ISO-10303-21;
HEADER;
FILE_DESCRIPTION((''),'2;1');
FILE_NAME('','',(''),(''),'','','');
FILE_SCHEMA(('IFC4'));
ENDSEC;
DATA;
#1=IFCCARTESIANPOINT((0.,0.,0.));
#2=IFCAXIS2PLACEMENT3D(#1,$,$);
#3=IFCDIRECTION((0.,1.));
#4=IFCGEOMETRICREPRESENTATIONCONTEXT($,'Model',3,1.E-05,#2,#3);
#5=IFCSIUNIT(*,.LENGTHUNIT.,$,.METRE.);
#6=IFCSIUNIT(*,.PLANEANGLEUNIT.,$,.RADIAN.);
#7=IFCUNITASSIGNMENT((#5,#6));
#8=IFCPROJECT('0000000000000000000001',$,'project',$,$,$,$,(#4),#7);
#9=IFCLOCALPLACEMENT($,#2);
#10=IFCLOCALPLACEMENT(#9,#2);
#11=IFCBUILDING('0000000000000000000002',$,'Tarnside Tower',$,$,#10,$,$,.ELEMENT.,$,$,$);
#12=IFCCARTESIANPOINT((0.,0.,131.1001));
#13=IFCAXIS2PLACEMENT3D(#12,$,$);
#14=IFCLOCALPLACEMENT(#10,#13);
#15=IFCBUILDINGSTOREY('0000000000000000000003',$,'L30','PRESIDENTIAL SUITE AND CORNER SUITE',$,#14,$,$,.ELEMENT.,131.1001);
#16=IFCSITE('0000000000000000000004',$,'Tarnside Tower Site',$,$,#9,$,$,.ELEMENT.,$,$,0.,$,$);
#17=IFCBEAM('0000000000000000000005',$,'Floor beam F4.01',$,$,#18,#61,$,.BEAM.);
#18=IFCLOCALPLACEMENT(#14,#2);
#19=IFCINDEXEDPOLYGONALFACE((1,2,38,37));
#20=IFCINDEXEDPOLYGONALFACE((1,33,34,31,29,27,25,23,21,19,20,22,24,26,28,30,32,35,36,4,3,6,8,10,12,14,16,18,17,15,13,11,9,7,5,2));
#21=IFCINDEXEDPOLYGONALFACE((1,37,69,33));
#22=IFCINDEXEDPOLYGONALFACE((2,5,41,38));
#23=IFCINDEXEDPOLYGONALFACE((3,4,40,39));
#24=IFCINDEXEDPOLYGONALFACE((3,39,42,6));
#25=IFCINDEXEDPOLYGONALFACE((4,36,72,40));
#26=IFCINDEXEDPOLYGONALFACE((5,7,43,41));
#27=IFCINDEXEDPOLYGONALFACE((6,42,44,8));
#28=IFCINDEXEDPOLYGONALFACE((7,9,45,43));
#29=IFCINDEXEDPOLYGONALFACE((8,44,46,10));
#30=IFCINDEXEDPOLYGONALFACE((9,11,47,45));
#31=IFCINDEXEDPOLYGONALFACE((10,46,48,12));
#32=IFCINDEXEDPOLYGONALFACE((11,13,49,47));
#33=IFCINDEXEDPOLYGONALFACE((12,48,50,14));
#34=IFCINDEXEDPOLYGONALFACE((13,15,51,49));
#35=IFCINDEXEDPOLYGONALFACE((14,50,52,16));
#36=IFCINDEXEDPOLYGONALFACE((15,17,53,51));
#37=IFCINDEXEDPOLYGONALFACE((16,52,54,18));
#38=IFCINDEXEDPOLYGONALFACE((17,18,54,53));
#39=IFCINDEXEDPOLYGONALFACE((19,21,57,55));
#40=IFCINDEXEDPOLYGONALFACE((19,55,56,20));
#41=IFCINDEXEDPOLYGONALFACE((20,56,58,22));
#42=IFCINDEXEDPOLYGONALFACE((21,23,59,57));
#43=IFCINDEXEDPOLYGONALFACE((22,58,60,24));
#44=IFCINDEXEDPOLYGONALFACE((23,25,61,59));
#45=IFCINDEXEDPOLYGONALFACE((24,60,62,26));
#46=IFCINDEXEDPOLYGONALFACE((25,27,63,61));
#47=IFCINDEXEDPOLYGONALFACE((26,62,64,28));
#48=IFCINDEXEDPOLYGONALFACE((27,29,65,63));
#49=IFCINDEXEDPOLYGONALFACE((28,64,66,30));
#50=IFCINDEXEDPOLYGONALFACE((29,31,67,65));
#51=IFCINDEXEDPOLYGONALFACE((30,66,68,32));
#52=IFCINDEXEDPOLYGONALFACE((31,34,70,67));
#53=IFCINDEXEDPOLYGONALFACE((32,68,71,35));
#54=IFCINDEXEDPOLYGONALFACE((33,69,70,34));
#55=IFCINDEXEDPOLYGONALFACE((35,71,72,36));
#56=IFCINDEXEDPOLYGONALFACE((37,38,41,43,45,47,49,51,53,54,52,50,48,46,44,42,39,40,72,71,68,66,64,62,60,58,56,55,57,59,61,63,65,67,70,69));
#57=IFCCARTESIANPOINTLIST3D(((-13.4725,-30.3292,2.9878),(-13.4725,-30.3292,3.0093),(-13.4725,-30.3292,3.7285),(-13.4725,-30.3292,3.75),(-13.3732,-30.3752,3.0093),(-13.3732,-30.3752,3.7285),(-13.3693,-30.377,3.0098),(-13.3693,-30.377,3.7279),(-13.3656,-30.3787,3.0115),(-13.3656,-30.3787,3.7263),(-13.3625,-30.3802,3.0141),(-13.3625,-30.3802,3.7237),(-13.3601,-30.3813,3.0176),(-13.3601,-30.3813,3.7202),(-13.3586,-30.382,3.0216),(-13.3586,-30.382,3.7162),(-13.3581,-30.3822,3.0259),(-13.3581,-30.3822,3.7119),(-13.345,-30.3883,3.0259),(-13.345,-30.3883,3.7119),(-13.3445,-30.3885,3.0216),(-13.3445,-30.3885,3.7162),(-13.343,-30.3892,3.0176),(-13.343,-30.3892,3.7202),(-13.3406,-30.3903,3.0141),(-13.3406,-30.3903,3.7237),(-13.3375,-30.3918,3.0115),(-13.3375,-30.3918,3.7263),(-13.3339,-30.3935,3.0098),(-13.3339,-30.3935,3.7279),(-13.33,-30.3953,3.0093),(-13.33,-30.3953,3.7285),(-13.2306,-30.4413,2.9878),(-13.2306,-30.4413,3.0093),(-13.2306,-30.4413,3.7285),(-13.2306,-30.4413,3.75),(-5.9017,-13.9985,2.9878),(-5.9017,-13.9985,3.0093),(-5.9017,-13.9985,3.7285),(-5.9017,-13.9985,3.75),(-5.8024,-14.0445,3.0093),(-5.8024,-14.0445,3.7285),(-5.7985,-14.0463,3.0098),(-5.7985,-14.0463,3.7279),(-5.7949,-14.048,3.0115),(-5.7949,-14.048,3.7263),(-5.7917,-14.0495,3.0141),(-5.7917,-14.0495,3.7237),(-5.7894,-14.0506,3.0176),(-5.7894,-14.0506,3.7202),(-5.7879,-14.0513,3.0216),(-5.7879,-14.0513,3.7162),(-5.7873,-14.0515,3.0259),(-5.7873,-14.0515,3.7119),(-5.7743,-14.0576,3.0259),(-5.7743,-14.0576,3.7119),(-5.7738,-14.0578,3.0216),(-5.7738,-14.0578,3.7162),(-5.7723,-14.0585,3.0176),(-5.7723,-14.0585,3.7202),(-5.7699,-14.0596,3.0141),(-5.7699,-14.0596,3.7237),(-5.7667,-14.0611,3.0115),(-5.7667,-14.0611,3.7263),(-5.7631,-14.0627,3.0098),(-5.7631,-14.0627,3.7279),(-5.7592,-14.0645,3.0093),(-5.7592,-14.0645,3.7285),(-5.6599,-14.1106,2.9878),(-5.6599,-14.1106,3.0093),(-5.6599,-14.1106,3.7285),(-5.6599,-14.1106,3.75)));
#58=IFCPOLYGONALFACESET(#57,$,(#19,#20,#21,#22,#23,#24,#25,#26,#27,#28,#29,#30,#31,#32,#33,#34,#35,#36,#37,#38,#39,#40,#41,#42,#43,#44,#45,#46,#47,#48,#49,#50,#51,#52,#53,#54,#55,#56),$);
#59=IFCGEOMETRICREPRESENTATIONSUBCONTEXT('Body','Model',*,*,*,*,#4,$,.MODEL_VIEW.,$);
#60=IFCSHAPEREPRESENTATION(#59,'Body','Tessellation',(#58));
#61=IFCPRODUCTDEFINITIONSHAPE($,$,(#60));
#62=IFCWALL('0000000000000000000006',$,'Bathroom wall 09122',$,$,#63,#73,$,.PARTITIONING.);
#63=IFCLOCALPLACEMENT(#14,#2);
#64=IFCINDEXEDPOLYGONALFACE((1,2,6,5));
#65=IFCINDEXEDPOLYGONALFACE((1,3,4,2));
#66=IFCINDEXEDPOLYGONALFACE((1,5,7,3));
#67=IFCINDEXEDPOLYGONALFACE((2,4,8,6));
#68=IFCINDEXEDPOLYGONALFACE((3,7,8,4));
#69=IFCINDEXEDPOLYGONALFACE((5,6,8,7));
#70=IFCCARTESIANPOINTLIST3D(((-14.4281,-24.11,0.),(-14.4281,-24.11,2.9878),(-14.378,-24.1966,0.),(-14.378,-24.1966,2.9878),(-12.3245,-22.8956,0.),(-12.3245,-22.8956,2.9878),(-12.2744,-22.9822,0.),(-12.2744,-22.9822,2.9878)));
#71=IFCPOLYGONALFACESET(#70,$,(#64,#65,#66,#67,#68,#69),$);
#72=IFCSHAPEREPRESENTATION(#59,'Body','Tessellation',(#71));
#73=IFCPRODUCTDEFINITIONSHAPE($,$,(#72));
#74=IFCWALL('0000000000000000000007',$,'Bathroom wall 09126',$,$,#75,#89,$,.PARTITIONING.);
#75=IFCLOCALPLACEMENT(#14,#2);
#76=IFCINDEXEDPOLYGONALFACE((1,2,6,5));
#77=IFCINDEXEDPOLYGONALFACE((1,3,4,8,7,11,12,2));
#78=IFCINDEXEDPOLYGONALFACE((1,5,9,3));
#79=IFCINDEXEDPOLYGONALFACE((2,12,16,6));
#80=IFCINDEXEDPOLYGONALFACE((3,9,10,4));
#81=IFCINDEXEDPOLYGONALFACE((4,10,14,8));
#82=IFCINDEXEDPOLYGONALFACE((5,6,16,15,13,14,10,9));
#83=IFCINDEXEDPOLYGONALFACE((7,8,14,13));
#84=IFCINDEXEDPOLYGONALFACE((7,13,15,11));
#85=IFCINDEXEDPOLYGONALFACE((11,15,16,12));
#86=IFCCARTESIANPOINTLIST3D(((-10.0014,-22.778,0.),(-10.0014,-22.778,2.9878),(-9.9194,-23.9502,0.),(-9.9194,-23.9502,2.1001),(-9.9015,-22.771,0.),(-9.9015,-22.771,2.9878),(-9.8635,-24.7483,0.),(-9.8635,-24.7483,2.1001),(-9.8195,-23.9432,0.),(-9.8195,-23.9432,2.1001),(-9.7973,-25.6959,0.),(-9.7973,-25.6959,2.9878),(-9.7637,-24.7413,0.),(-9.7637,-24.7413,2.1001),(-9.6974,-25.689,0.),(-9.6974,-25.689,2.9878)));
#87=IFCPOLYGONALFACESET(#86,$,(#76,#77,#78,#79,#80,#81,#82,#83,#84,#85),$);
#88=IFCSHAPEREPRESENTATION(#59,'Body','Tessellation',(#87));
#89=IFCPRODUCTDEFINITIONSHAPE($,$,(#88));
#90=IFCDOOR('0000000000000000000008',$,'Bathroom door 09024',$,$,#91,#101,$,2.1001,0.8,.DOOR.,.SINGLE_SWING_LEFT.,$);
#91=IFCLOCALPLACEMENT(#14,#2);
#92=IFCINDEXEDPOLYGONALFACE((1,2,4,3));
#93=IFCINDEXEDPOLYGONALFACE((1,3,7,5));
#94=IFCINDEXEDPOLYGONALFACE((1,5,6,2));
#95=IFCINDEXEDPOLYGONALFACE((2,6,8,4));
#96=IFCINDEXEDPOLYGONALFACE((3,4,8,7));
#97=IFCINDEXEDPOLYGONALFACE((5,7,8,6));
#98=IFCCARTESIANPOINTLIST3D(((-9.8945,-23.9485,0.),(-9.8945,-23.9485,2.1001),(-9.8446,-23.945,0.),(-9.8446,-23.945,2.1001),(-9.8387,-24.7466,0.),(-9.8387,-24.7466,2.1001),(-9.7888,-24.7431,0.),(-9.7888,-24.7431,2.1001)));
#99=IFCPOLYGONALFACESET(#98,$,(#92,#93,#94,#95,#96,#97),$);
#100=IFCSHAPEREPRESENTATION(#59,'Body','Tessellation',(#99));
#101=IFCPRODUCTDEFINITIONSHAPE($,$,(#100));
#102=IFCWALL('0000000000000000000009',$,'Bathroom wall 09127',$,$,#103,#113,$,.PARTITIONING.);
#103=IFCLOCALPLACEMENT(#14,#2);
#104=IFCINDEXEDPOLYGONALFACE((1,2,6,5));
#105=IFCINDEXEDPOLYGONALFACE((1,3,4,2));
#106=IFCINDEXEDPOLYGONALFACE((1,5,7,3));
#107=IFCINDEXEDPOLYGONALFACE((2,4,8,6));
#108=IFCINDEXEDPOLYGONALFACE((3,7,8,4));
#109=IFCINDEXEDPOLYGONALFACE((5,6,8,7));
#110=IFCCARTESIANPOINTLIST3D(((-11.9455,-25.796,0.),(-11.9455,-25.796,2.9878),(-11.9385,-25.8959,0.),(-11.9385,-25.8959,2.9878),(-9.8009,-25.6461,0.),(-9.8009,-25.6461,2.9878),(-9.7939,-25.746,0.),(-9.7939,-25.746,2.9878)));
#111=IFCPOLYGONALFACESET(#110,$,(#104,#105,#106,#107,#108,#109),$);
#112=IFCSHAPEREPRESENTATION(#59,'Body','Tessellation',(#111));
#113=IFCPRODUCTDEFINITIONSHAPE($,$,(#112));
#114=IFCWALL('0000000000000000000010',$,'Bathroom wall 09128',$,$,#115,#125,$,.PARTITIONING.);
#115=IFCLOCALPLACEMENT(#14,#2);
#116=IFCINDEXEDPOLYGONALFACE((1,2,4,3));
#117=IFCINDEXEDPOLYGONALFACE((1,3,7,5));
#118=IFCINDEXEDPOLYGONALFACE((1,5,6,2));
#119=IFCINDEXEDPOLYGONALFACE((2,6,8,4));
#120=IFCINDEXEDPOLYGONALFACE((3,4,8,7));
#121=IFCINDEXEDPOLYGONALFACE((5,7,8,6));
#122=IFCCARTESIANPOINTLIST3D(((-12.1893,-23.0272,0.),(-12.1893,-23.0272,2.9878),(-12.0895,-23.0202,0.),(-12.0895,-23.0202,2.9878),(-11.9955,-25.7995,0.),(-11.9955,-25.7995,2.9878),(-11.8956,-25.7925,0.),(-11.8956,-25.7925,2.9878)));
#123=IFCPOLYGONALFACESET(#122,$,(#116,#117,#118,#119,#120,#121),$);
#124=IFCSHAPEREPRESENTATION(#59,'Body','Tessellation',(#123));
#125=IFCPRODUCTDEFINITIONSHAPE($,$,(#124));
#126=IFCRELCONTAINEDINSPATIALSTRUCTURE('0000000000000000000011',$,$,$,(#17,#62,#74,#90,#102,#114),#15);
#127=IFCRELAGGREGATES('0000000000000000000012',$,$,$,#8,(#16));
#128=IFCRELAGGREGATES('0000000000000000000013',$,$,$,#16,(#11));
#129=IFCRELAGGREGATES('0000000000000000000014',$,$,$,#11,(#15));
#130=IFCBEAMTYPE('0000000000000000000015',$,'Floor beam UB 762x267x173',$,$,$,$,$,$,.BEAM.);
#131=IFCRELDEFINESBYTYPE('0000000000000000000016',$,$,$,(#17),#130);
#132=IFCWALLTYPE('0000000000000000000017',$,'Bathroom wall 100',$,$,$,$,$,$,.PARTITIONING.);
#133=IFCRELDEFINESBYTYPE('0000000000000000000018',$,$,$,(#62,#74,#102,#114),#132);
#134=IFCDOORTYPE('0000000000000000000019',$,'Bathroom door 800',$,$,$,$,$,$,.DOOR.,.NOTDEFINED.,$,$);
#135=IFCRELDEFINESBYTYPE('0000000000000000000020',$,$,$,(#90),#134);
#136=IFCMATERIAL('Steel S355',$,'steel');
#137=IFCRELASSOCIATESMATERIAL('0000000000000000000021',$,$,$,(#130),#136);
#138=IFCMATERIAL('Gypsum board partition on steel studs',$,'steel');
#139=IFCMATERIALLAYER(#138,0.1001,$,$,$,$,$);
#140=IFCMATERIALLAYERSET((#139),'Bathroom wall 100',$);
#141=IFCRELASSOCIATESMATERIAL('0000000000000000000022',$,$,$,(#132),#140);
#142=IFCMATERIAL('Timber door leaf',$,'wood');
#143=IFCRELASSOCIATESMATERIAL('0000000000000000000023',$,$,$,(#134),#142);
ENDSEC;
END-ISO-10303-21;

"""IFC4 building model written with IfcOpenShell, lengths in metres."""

from ifc_helpers import new_model, si_unit, direction, frame, frame_2d, origin, origin_2d, place, context, subcontext, project, spatial, rectangle, i_section, extrude, material, layer, layer_set, material_profile, profile_set, type_object, element, fill, save


model = new_model("IFC4")

# Units and contexts
model_context = context("Model", 3, precision=1e-05, world=origin(), true_north=direction((0.0, 1.0)))
body_context = subcontext(model_context, "Body", "Model", "MODEL_VIEW")
ifc_project = project(units=[si_unit("LENGTHUNIT", "METRE"), si_unit("PLANEANGLEUNIT", "RADIAN")], contexts=[model_context])

# Site, building, storey
site_placement = place(None, origin())
site = spatial("IfcSite", under=ifc_project, at=site_placement, Name="Tarnside Tower Site", CompositionType="ELEMENT", RefElevation=0.0)
building_placement = place(site_placement, origin())
building = spatial("IfcBuilding", under=site, at=building_placement, Name="Tarnside Tower", CompositionType="ELEMENT")
storey_placement = place(building_placement, frame((0.0, 0.0, 131.1001)))
storey = spatial("IfcBuildingStorey", under=building, at=storey_placement, Name="L30", Description="PRESIDENTIAL SUITE AND CORNER SUITE", CompositionType="ELEMENT", Elevation=131.1001)

# Beam
ifc_material_1 = material(Name="Steel S355", Category="steel")
ifc_material_profile = material_profile(ifc_material_1, i_section(OverallWidth=0.2666, OverallDepth=0.7622, WebThickness=0.0144, FlangeThickness=0.0215, FilletRadius=0.0166, at=origin_2d()), Name="UB 762x267x173")
ifc_profile_set = profile_set([ifc_material_profile], Name="Steel S355")
beam_type = type_object("IfcBeamType", Name="Floor beam UB 762x267x173", PredefinedType="BEAM", material=ifc_profile_set)
beam_placement = place(storey_placement, frame((-13.3516, -30.3853, 3.3689), z_axis=(0.420592, 0.90725, 0.0), x_axis=(-0.90725, 0.420592, 0.0)))
element("IfcBeam", 1, at=beam_placement, inside=storey, type_object=beam_type, Name="Floor beam F4.01", PredefinedType="BEAM", context=body_context, shape_type="SweptSolid", body=[
    extrude(i_section(OverallWidth=0.2666, OverallDepth=0.7622, WebThickness=0.0144, FlangeThickness=0.0215, FilletRadius=0.0166, at=origin_2d()), origin(), (0.0, 0.0, 1.0), 18.0002),
])

# Wall
ifc_material_2 = material(Name="Gypsum board partition on steel studs", Category="steel")
ifc_layer_1 = layer(ifc_material_2, 0.1001)
ifc_layer_set_1 = layer_set([ifc_layer_1], Name="Bathroom wall 100")
wall_type_1 = type_object("IfcWallType", Name="Bathroom wall 100", PredefinedType="PARTITIONING", material=ifc_layer_set_1)
wall_1_placement = place(storey_placement, frame((-12.2996, -22.939, 0.0), z_axis=(0.0, 0.0, 1.0), x_axis=(-0.866045, -0.499966, 0.0)))
element("IfcWall", 2, at=wall_1_placement, inside=storey, type_object=wall_type_1, Name="Bathroom wall 09122", PredefinedType="PARTITIONING", context=body_context, shape_type="SweptSolid", body=[
    extrude(rectangle(XDim=2.429, YDim=0.1001, at=frame_2d((1.2144, 0.0))), origin(), (0.0, 0.0, 1.0), 2.9878),
])

# Wall, opening, door
wall_2_placement = place(storey_placement, frame((-9.9514, -22.7747, 0.0), z_axis=(0.0, 0.0, 1.0), x_axis=(0.069776, -0.997563, 0.0)))
wall_2 = element("IfcWall", 3, at=wall_2_placement, inside=storey, type_object=wall_type_1, Name="Bathroom wall 09126", PredefinedType="PARTITIONING", context=body_context, shape_type="SweptSolid", body=[
    extrude(rectangle(XDim=2.925, YDim=0.1001, at=frame_2d((1.4624, 0.0))), origin(), (0.0, 0.0, 1.0), 2.9878),
])
opening_1_placement = place(wall_2_placement, frame((1.175, 0.0, 0.0)))
opening_1 = element("IfcOpeningElement", 4, at=opening_1_placement, cuts=wall_2, PredefinedType="OPENING", context=body_context, shape_type="SweptSolid", body=[
    extrude(rectangle(XDim=0.8, YDim=2.1001, at=frame_2d((0.3999, 1.05))), frame((0.0, 0.0601, 0.0), z_axis=(0.0, -1.0, 0.0), x_axis=(1.0, 0.0, 0.0)), (0.0, 0.0, 1.0), 0.1201),
])
ifc_material_3 = material(Name="Timber door leaf", Category="wood")
door_type_1 = type_object("IfcDoorType", Name="Bathroom door 800", OperationType="NOTDEFINED", PredefinedType="DOOR", material=ifc_material_3)
door_1_placement = place(opening_1_placement, origin())
door_1 = element("IfcDoor", 5, at=door_1_placement, inside=storey, type_object=door_type_1, Name="Bathroom door 09024", OperationType="SINGLE_SWING_LEFT", OverallHeight=2.1001, OverallWidth=0.8, PredefinedType="DOOR", context=body_context, shape_type="SweptSolid", body=[
    extrude(rectangle(XDim=0.8, YDim=2.1001, at=frame_2d((0.3999, 1.05))), frame((0.0, 0.0249, 0.0), z_axis=(0.0, -1.0, 0.0), x_axis=(1.0, 0.0, 0.0)), (0.0, 0.0, 1.0), 0.05),
])
fill(opening_1, door_1)

# Walls
wall_3_placement = place(storey_placement, frame((-9.7974, -25.696, 0.0), z_axis=(0.0, 0.0, 1.0), x_axis=(-0.997566, -0.069722, 0.0)))
element("IfcWall", 6, at=wall_3_placement, inside=storey, type_object=wall_type_1, Name="Bathroom wall 09127", PredefinedType="PARTITIONING", context=body_context, shape_type="SweptSolid", body=[
    extrude(rectangle(XDim=2.1499, YDim=0.1001, at=frame_2d((1.075, 0.0))), origin(), (0.0, 0.0, 1.0), 2.9878),
])
wall_4_placement = place(storey_placement, frame((-11.9456, -25.7961, 0.0), z_axis=(0.0, 0.0, 1.0), x_axis=(-0.069755, 0.997564, 0.0)))
element("IfcWall", 7, at=wall_4_placement, inside=storey, type_object=wall_type_1, Name="Bathroom wall 09128", PredefinedType="PARTITIONING", context=body_context, shape_type="SweptSolid", body=[
    extrude(rectangle(XDim=2.7791, YDim=0.1001, at=frame_2d((1.3896, 0.0))), origin(), (0.0, 0.0, 1.0), 2.9878),
])

save(model, "model.ifc")
